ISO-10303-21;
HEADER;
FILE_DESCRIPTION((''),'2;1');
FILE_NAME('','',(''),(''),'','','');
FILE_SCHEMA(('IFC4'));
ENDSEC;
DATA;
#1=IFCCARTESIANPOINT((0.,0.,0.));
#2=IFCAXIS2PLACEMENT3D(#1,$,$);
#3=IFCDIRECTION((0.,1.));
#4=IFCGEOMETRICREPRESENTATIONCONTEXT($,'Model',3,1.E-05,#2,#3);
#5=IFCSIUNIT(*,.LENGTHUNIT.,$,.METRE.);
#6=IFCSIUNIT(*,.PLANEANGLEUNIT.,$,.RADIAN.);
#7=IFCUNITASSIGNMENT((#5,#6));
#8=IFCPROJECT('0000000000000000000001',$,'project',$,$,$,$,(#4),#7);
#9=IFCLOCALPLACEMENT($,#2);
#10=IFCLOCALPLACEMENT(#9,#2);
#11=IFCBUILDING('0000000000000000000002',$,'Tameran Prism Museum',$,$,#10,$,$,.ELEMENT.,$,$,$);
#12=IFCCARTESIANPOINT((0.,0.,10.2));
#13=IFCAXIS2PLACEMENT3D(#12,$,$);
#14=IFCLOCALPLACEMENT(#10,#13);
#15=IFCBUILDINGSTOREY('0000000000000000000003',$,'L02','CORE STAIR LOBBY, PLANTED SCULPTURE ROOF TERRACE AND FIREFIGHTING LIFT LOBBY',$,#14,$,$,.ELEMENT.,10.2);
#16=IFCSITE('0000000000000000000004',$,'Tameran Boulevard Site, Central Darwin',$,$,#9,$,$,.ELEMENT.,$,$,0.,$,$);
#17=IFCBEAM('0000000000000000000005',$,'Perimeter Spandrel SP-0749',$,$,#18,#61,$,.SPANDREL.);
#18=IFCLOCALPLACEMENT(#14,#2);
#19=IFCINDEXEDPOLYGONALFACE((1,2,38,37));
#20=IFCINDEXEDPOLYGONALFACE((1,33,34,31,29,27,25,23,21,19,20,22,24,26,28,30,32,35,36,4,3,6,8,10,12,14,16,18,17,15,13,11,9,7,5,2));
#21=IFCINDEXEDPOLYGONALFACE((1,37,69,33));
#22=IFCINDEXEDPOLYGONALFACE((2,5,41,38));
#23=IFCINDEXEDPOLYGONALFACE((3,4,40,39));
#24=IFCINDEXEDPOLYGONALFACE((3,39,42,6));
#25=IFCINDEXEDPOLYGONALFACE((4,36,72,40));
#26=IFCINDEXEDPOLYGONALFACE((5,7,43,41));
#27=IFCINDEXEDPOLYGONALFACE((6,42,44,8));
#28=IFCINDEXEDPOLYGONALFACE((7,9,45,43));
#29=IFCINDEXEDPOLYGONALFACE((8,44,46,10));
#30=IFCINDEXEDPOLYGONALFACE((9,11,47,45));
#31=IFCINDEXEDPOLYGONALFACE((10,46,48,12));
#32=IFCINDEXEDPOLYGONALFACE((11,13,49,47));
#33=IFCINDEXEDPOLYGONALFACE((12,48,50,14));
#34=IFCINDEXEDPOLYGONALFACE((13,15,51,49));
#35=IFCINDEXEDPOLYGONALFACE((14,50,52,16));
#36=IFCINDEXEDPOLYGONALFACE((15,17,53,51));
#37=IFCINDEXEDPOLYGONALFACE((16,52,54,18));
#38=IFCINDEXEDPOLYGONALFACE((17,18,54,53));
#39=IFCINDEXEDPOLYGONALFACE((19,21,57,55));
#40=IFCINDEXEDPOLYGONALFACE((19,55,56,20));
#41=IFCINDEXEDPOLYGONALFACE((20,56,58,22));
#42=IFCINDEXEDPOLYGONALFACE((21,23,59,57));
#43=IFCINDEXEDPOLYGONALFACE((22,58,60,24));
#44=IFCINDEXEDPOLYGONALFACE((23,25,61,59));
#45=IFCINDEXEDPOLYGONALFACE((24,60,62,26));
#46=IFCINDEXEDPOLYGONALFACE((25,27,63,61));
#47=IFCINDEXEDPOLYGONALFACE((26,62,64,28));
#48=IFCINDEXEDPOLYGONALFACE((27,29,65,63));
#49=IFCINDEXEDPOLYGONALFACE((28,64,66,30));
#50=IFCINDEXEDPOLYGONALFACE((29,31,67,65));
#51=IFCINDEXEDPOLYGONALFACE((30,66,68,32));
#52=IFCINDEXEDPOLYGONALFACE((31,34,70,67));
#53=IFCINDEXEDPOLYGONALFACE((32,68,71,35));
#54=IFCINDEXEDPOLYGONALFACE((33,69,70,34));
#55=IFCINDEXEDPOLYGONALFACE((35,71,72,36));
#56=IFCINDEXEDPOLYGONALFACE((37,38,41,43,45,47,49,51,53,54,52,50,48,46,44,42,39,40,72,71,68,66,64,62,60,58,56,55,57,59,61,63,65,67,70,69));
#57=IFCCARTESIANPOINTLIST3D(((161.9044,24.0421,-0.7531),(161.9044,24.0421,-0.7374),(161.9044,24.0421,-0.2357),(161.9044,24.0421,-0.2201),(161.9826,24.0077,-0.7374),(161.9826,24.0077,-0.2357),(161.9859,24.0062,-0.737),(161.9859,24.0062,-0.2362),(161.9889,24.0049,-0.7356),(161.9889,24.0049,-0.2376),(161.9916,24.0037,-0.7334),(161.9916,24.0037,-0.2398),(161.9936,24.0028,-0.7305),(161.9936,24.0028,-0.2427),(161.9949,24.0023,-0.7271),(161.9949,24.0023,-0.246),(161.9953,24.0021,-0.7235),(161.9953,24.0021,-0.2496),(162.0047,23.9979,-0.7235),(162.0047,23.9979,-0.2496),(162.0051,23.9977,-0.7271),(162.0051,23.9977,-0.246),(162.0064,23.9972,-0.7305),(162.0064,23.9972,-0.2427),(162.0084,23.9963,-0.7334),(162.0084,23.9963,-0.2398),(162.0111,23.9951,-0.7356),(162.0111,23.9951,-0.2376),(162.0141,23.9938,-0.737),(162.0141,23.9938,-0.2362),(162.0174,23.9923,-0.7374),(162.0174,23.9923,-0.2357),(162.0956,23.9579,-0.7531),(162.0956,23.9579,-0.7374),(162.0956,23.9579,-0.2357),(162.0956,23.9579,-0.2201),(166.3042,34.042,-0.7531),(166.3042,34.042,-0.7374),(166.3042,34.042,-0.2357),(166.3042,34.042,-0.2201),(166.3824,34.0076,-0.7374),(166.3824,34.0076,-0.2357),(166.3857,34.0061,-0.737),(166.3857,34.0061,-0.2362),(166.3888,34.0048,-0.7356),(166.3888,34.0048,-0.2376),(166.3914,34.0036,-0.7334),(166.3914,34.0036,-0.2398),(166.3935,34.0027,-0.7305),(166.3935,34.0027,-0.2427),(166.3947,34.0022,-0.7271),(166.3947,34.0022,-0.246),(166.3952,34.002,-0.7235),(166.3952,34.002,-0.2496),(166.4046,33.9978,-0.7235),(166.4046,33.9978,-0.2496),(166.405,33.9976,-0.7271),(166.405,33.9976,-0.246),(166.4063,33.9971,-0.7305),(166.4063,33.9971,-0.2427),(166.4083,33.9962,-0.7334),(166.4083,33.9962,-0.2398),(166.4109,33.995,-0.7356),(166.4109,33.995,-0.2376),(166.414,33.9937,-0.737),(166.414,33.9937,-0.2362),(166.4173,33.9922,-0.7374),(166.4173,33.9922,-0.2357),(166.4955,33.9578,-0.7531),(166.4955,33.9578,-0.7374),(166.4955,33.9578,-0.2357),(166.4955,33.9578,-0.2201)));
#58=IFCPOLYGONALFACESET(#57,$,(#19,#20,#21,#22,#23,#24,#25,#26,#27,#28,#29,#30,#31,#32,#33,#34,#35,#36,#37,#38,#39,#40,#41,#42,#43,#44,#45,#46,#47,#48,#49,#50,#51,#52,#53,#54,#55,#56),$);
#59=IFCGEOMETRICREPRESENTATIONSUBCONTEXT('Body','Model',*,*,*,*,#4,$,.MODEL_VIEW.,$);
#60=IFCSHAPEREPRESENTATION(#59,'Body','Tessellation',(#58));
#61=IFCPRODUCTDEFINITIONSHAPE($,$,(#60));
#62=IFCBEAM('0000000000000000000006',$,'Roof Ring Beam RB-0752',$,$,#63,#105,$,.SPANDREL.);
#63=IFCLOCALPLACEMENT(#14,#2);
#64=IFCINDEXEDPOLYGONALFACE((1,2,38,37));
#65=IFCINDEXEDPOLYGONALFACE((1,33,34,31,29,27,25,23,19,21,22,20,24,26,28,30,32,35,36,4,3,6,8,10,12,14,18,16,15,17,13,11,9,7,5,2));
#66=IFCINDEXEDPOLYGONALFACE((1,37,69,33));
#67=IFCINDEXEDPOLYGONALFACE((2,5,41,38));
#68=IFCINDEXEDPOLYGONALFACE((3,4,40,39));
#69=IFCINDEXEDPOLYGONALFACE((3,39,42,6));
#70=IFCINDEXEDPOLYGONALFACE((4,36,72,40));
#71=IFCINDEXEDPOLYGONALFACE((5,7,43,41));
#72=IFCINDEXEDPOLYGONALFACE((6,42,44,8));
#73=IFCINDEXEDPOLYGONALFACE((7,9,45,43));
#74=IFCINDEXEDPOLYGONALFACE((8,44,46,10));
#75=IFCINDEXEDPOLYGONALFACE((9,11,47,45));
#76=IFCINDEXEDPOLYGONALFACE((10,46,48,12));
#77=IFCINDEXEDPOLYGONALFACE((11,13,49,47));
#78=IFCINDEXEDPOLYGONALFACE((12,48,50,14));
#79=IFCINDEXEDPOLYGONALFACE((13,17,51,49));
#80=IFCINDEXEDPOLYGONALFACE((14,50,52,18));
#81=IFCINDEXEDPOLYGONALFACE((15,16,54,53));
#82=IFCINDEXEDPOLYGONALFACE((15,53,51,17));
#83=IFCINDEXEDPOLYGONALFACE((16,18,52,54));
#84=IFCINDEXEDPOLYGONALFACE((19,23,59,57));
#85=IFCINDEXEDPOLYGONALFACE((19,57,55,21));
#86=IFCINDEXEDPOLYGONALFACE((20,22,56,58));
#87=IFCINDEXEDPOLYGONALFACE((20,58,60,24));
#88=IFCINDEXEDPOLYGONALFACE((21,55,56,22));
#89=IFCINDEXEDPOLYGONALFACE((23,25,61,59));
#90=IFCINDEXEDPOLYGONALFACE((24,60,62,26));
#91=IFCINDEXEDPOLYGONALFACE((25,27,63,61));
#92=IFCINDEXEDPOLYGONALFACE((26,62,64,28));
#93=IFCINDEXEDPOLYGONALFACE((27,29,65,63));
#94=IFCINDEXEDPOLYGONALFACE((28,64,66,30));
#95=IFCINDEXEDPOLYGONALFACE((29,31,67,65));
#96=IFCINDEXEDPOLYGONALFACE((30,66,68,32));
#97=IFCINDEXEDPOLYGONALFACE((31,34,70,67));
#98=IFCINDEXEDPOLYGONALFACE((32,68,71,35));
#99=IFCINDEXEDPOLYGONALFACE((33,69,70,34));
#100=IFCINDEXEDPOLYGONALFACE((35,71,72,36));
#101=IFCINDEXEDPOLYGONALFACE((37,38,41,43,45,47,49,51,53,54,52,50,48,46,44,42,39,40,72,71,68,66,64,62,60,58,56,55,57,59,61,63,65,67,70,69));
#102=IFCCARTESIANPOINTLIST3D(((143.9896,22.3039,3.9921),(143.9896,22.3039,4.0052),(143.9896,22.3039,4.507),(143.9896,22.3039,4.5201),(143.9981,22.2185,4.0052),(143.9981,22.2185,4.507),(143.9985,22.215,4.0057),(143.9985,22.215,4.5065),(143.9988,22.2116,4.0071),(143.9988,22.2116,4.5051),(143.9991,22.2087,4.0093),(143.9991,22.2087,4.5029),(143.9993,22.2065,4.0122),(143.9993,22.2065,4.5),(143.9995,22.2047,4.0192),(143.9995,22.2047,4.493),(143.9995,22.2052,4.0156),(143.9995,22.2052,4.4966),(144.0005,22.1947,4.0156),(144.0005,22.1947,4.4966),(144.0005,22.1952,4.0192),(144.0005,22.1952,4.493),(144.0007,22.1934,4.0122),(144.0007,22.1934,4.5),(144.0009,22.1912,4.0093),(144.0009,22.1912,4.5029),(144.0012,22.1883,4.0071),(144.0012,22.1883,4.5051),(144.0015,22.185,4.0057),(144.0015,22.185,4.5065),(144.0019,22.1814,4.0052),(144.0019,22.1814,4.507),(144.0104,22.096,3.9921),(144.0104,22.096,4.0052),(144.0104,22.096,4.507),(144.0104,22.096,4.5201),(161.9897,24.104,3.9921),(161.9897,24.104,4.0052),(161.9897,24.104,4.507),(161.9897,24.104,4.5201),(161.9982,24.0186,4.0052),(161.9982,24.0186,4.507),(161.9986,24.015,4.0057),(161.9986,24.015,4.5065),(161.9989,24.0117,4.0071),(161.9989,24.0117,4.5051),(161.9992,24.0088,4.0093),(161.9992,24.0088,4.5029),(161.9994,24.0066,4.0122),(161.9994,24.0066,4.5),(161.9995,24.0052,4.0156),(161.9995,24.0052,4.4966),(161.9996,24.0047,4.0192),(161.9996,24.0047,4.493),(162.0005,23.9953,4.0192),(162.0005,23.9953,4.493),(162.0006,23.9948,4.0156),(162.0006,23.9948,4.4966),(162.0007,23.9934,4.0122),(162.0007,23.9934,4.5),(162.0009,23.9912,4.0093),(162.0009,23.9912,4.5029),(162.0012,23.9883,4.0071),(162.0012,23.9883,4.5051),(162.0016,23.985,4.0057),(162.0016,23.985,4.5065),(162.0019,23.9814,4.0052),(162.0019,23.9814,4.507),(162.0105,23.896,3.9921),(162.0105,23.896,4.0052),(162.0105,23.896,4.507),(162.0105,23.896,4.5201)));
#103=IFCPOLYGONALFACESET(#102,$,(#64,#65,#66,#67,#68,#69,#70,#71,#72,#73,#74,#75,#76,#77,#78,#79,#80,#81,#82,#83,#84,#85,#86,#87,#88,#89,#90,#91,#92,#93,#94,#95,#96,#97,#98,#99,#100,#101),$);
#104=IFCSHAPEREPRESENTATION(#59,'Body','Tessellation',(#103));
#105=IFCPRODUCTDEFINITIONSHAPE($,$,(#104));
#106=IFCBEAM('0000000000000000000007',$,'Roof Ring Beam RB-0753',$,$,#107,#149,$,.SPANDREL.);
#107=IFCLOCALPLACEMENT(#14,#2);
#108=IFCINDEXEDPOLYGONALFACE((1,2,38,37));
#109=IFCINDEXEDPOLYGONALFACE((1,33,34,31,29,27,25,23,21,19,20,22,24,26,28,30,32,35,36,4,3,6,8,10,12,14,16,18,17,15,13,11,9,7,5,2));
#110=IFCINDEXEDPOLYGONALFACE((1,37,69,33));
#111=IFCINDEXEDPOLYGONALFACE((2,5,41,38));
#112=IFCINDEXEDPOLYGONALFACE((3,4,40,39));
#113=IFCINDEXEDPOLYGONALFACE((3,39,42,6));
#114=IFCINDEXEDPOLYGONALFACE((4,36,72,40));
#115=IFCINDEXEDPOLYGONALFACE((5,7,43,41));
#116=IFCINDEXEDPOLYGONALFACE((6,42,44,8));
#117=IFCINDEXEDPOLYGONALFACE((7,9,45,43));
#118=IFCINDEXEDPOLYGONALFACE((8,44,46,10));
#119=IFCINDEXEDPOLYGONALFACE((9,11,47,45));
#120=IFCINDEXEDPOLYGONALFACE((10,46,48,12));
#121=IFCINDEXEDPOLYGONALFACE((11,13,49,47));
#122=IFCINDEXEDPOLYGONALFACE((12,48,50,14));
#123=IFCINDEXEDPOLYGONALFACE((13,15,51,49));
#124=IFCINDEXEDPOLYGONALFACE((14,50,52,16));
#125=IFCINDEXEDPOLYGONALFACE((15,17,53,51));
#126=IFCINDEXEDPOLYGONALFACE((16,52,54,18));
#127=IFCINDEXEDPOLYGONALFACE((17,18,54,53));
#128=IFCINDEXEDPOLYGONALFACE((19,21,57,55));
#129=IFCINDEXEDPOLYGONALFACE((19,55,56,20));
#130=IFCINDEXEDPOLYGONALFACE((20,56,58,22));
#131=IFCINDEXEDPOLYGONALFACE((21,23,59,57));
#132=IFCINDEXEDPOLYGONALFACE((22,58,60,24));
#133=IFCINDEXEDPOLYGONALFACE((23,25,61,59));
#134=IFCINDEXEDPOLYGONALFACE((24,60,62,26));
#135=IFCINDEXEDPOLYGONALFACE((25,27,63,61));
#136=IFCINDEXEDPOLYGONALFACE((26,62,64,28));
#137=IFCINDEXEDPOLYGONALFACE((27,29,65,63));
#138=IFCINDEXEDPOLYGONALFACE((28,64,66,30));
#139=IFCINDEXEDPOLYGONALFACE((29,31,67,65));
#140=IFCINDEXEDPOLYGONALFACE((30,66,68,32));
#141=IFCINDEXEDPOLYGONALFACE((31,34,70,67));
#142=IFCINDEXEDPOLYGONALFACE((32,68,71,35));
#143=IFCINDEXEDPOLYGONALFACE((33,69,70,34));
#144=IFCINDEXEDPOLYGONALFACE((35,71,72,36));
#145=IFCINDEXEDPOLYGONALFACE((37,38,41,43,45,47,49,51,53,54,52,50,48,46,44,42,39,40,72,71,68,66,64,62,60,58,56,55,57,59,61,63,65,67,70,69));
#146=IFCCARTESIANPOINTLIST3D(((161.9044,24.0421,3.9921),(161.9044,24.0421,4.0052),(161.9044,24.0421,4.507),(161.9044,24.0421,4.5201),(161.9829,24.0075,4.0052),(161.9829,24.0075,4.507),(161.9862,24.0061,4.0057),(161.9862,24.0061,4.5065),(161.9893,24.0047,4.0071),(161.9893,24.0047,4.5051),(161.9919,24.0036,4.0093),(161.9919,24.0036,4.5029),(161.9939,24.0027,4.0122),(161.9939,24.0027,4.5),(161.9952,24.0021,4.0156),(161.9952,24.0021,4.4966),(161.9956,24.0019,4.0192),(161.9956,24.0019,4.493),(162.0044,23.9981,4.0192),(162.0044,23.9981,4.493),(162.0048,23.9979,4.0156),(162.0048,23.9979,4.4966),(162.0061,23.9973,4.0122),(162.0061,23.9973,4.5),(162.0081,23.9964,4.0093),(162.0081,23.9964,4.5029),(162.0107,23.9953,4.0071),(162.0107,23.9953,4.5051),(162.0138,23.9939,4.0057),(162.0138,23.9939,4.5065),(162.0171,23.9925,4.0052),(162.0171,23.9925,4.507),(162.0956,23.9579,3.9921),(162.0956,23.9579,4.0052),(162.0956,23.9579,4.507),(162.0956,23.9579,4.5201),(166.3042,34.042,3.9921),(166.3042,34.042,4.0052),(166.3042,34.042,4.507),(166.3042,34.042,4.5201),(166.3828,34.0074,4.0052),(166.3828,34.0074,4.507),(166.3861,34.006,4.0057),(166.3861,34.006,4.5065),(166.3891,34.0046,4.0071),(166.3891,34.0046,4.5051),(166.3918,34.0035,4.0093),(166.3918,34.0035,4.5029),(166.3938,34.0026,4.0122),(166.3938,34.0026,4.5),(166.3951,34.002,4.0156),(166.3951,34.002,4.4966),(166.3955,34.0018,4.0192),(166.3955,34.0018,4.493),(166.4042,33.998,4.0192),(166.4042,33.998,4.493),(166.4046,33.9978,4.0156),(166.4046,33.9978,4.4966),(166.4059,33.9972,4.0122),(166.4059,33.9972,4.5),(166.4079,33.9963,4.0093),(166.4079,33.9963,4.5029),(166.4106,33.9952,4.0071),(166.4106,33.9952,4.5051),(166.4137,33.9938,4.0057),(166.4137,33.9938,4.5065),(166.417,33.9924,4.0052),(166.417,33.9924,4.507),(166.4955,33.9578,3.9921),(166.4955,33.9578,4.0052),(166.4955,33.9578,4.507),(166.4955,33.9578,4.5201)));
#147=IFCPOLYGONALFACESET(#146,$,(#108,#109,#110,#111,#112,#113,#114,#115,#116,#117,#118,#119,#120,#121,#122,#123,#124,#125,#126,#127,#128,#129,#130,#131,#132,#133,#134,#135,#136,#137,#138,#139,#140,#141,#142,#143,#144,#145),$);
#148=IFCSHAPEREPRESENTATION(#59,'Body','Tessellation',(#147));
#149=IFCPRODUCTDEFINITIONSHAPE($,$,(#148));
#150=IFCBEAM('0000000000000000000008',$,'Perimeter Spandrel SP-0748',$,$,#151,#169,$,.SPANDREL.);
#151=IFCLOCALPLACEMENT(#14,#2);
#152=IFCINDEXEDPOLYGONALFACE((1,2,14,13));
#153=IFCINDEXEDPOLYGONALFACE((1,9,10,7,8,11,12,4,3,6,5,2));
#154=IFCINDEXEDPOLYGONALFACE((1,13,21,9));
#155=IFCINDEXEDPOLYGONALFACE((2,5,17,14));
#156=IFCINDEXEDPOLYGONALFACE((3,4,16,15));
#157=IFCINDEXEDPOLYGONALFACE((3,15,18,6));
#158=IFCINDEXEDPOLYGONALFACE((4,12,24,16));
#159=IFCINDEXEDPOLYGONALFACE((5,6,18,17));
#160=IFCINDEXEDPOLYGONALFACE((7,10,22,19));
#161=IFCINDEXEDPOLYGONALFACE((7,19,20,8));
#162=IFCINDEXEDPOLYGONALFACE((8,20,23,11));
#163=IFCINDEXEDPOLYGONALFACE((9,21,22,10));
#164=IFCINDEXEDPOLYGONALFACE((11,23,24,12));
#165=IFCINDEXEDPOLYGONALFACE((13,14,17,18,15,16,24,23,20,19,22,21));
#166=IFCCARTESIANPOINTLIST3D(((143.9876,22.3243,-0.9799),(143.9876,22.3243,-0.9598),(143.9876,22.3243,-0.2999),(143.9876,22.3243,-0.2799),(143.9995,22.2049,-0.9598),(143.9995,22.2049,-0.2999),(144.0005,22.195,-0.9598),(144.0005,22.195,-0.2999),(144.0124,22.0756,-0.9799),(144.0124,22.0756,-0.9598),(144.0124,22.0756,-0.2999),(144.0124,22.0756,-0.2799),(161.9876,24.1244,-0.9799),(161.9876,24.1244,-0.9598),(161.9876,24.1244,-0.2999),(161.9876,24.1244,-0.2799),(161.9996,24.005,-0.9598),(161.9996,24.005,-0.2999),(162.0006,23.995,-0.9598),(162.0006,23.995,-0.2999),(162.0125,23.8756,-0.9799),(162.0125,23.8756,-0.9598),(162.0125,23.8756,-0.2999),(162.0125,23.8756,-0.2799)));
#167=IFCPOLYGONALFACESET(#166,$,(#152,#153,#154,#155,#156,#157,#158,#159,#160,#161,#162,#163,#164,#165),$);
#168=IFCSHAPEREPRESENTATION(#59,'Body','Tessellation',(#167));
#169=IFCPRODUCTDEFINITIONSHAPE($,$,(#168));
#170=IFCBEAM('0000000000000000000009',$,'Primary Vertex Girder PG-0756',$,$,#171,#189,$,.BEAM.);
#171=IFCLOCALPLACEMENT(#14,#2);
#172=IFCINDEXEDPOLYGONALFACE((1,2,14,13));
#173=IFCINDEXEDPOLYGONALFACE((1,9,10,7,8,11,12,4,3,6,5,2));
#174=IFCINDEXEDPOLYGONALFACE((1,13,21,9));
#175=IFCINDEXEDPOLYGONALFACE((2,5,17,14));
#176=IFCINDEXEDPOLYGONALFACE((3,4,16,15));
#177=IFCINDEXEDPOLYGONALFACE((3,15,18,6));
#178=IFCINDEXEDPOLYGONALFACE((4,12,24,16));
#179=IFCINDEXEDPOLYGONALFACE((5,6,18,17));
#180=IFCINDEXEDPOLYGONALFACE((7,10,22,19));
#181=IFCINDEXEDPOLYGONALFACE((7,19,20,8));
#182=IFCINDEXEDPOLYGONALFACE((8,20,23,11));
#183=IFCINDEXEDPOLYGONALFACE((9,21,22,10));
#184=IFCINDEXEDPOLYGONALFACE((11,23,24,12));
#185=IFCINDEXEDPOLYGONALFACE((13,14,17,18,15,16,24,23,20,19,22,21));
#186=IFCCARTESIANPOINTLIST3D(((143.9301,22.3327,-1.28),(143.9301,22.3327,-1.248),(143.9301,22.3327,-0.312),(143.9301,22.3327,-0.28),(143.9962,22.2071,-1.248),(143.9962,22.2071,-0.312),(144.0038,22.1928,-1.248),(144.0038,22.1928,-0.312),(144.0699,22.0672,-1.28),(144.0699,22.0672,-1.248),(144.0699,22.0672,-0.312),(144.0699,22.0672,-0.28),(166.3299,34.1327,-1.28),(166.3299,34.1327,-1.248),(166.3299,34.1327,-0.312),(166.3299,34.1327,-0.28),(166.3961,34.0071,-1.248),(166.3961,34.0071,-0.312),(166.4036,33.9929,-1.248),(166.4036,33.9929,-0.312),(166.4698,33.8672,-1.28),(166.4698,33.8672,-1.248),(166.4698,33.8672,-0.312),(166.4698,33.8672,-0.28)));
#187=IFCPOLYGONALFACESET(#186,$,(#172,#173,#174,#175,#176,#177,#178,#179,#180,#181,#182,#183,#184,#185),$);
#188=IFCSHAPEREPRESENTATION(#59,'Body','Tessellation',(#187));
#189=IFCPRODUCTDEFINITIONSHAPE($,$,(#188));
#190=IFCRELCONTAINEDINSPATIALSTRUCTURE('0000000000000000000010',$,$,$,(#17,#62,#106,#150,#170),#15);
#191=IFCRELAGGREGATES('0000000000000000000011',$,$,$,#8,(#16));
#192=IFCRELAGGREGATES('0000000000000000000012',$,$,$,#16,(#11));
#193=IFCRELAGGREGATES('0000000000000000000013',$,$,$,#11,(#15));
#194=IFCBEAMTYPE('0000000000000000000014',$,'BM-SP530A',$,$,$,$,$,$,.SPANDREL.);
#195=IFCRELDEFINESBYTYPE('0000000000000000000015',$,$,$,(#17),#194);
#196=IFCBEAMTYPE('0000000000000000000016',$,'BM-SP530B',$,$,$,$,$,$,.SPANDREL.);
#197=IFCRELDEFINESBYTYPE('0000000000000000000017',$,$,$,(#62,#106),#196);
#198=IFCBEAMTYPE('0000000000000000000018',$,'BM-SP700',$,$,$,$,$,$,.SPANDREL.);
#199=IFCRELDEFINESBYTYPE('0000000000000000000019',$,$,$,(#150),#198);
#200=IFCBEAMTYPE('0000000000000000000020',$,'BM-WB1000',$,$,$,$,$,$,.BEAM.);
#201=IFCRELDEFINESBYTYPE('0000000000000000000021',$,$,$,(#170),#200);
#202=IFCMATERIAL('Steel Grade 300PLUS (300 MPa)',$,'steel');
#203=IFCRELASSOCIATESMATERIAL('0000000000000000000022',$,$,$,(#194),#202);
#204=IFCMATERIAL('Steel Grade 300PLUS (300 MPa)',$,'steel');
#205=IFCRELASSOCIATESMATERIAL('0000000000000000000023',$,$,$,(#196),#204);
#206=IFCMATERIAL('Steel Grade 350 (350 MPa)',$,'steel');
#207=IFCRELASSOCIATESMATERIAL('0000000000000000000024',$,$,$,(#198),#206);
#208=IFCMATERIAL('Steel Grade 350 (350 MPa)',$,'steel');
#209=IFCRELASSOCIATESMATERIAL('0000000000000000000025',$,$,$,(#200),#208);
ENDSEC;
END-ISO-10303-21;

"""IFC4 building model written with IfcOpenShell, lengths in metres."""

from ifc_helpers import new_model, si_unit, direction, frame, origin, origin_2d, place, context, subcontext, project, spatial, i_section, extrude, material, material_profile, profile_set, type_object, element, save


model = new_model("IFC4")

# Units and contexts
model_context = context("Model", 3, precision=1e-05, world=origin(), true_north=direction((0.0, 1.0)))
body_context = subcontext(model_context, "Body", "Model", "MODEL_VIEW")
ifc_project = project(units=[si_unit("LENGTHUNIT", "METRE"), si_unit("PLANEANGLEUNIT", "RADIAN")], contexts=[model_context])

# Site, building, storey
site_placement = place(None, origin())
site = spatial("IfcSite", under=ifc_project, at=site_placement, Name="Tameran Boulevard Site, Central Darwin", CompositionType="ELEMENT", RefElevation=0.0)
building_placement = place(site_placement, origin())
building = spatial("IfcBuilding", under=site, at=building_placement, Name="Tameran Prism Museum", CompositionType="ELEMENT")
storey_placement = place(building_placement, frame((0.0, 0.0, 10.2)))
storey = spatial("IfcBuildingStorey", under=building, at=storey_placement, Name="L02", Description="CORE STAIR LOBBY, PLANTED SCULPTURE ROOF TERRACE AND FIREFIGHTING LIFT LOBBY", CompositionType="ELEMENT", Elevation=10.2)

# Beams
ifc_material_1 = material(Name="Steel Grade 300PLUS (300 MPa)", Category="steel")
ifc_material_profile_1 = material_profile(ifc_material_1, i_section(OverallWidth=0.209, OverallDepth=0.533, WebThickness=0.0103, FlangeThickness=0.0156, FilletRadius=0.0139, at=origin_2d()))
ifc_profile_set_1 = profile_set([ifc_material_profile_1])
beam_type_1 = type_object("IfcBeamType", Name="BM-SP530A", PredefinedType="SPANDREL", material=ifc_profile_set_1)
beam_1_placement = place(storey_placement, frame((162.0, 24.0, -0.4866), z_axis=(0.402731, 0.915318, 0.0), x_axis=(-0.915318, 0.402731, 0.0)))
element("IfcBeam", 1, at=beam_1_placement, inside=storey, type_object=beam_type_1, Name="Perimeter Spandrel SP-0749", PredefinedType="SPANDREL", context=body_context, shape_type="SweptSolid", body=[
    extrude(i_section(OverallWidth=0.209, OverallDepth=0.533, WebThickness=0.0103, FlangeThickness=0.0156, FilletRadius=0.0139, at=origin_2d()), origin(), (0.0, 0.0, 1.0), 10.925),
])
ifc_material_2 = material(Name="Steel Grade 300PLUS (300 MPa)", Category="steel")
ifc_material_profile_2 = material_profile(ifc_material_2, i_section(OverallWidth=0.209, OverallDepth=0.5281, WebThickness=0.0095, FlangeThickness=0.0132, FilletRadius=0.0139, at=origin_2d()))
ifc_profile_set_2 = profile_set([ifc_material_profile_2])
beam_type_2 = type_object("IfcBeamType", Name="BM-SP530B", PredefinedType="SPANDREL", material=ifc_profile_set_2)
beam_2_placement = place(storey_placement, frame((144.0, 22.2, 4.2561), z_axis=(0.995037, 0.099506, 0.0), x_axis=(-0.099506, 0.995037, 0.0)))
element("IfcBeam", 2, at=beam_2_placement, inside=storey, type_object=beam_type_2, Name="Roof Ring Beam RB-0752", PredefinedType="SPANDREL", context=body_context, shape_type="SweptSolid", body=[
    extrude(i_section(OverallWidth=0.209, OverallDepth=0.5281, WebThickness=0.0095, FlangeThickness=0.0132, FilletRadius=0.0139, at=origin_2d()), origin(), (0.0, 0.0, 1.0), 18.0898),
])
beam_3_placement = place(storey_placement, frame((162.0, 24.0, 4.2561), z_axis=(0.402731, 0.915318, 0.0), x_axis=(-0.915318, 0.402731, 0.0)))
element("IfcBeam", 3, at=beam_3_placement, inside=storey, type_object=beam_type_2, Name="Roof Ring Beam RB-0753", PredefinedType="SPANDREL", context=body_context, shape_type="SweptSolid", body=[
    extrude(i_section(OverallWidth=0.209, OverallDepth=0.5281, WebThickness=0.0095, FlangeThickness=0.0132, FilletRadius=0.0139, at=origin_2d()), origin(), (0.0, 0.0, 1.0), 10.925),
])
ifc_material_3 = material(Name="Steel Grade 350 (350 MPa)", Category="steel")
ifc_material_profile_3 = material_profile(ifc_material_3, i_section(OverallWidth=0.25, OverallDepth=0.7, WebThickness=0.01, FlangeThickness=0.02, at=origin_2d()))
ifc_profile_set_3 = profile_set([ifc_material_profile_3])
beam_type_3 = type_object("IfcBeamType", Name="BM-SP700", PredefinedType="SPANDREL", material=ifc_profile_set_3)
beam_4_placement = place(storey_placement, frame((144.0, 22.2, -0.6299), z_axis=(0.995037, 0.099506, 0.0), x_axis=(-0.099506, 0.995037, 0.0)))
element("IfcBeam", 4, at=beam_4_placement, inside=storey, type_object=beam_type_3, Name="Perimeter Spandrel SP-0748", PredefinedType="SPANDREL", context=body_context, shape_type="SweptSolid", body=[
    extrude(i_section(OverallWidth=0.25, OverallDepth=0.7, WebThickness=0.01, FlangeThickness=0.02, at=origin_2d()), origin(), (0.0, 0.0, 1.0), 18.0898),
])
ifc_material_4 = material(Name="Steel Grade 350 (350 MPa)", Category="steel")
ifc_material_profile_4 = material_profile(ifc_material_4, i_section(OverallWidth=0.3, OverallDepth=1.0, WebThickness=0.0161, FlangeThickness=0.032, at=origin_2d()))
ifc_profile_set_4 = profile_set([ifc_material_profile_4])
beam_type_4 = type_object("IfcBeamType", Name="BM-WB1000", PredefinedType="BEAM", material=ifc_profile_set_4)
beam_5_placement = place(storey_placement, frame((144.0, 22.2, -0.78), z_axis=(0.884745, 0.466075, 0.0), x_axis=(-0.466075, 0.884745, 0.0)))
element("IfcBeam", 5, at=beam_5_placement, inside=storey, type_object=beam_type_4, Name="Primary Vertex Girder PG-0756", PredefinedType="BEAM", context=body_context, shape_type="SweptSolid", body=[
    extrude(i_section(OverallWidth=0.3, OverallDepth=1.0, WebThickness=0.0161, FlangeThickness=0.032, at=origin_2d()), origin(), (0.0, 0.0, 1.0), 25.3179),
])

save(model, "model.ifc")
